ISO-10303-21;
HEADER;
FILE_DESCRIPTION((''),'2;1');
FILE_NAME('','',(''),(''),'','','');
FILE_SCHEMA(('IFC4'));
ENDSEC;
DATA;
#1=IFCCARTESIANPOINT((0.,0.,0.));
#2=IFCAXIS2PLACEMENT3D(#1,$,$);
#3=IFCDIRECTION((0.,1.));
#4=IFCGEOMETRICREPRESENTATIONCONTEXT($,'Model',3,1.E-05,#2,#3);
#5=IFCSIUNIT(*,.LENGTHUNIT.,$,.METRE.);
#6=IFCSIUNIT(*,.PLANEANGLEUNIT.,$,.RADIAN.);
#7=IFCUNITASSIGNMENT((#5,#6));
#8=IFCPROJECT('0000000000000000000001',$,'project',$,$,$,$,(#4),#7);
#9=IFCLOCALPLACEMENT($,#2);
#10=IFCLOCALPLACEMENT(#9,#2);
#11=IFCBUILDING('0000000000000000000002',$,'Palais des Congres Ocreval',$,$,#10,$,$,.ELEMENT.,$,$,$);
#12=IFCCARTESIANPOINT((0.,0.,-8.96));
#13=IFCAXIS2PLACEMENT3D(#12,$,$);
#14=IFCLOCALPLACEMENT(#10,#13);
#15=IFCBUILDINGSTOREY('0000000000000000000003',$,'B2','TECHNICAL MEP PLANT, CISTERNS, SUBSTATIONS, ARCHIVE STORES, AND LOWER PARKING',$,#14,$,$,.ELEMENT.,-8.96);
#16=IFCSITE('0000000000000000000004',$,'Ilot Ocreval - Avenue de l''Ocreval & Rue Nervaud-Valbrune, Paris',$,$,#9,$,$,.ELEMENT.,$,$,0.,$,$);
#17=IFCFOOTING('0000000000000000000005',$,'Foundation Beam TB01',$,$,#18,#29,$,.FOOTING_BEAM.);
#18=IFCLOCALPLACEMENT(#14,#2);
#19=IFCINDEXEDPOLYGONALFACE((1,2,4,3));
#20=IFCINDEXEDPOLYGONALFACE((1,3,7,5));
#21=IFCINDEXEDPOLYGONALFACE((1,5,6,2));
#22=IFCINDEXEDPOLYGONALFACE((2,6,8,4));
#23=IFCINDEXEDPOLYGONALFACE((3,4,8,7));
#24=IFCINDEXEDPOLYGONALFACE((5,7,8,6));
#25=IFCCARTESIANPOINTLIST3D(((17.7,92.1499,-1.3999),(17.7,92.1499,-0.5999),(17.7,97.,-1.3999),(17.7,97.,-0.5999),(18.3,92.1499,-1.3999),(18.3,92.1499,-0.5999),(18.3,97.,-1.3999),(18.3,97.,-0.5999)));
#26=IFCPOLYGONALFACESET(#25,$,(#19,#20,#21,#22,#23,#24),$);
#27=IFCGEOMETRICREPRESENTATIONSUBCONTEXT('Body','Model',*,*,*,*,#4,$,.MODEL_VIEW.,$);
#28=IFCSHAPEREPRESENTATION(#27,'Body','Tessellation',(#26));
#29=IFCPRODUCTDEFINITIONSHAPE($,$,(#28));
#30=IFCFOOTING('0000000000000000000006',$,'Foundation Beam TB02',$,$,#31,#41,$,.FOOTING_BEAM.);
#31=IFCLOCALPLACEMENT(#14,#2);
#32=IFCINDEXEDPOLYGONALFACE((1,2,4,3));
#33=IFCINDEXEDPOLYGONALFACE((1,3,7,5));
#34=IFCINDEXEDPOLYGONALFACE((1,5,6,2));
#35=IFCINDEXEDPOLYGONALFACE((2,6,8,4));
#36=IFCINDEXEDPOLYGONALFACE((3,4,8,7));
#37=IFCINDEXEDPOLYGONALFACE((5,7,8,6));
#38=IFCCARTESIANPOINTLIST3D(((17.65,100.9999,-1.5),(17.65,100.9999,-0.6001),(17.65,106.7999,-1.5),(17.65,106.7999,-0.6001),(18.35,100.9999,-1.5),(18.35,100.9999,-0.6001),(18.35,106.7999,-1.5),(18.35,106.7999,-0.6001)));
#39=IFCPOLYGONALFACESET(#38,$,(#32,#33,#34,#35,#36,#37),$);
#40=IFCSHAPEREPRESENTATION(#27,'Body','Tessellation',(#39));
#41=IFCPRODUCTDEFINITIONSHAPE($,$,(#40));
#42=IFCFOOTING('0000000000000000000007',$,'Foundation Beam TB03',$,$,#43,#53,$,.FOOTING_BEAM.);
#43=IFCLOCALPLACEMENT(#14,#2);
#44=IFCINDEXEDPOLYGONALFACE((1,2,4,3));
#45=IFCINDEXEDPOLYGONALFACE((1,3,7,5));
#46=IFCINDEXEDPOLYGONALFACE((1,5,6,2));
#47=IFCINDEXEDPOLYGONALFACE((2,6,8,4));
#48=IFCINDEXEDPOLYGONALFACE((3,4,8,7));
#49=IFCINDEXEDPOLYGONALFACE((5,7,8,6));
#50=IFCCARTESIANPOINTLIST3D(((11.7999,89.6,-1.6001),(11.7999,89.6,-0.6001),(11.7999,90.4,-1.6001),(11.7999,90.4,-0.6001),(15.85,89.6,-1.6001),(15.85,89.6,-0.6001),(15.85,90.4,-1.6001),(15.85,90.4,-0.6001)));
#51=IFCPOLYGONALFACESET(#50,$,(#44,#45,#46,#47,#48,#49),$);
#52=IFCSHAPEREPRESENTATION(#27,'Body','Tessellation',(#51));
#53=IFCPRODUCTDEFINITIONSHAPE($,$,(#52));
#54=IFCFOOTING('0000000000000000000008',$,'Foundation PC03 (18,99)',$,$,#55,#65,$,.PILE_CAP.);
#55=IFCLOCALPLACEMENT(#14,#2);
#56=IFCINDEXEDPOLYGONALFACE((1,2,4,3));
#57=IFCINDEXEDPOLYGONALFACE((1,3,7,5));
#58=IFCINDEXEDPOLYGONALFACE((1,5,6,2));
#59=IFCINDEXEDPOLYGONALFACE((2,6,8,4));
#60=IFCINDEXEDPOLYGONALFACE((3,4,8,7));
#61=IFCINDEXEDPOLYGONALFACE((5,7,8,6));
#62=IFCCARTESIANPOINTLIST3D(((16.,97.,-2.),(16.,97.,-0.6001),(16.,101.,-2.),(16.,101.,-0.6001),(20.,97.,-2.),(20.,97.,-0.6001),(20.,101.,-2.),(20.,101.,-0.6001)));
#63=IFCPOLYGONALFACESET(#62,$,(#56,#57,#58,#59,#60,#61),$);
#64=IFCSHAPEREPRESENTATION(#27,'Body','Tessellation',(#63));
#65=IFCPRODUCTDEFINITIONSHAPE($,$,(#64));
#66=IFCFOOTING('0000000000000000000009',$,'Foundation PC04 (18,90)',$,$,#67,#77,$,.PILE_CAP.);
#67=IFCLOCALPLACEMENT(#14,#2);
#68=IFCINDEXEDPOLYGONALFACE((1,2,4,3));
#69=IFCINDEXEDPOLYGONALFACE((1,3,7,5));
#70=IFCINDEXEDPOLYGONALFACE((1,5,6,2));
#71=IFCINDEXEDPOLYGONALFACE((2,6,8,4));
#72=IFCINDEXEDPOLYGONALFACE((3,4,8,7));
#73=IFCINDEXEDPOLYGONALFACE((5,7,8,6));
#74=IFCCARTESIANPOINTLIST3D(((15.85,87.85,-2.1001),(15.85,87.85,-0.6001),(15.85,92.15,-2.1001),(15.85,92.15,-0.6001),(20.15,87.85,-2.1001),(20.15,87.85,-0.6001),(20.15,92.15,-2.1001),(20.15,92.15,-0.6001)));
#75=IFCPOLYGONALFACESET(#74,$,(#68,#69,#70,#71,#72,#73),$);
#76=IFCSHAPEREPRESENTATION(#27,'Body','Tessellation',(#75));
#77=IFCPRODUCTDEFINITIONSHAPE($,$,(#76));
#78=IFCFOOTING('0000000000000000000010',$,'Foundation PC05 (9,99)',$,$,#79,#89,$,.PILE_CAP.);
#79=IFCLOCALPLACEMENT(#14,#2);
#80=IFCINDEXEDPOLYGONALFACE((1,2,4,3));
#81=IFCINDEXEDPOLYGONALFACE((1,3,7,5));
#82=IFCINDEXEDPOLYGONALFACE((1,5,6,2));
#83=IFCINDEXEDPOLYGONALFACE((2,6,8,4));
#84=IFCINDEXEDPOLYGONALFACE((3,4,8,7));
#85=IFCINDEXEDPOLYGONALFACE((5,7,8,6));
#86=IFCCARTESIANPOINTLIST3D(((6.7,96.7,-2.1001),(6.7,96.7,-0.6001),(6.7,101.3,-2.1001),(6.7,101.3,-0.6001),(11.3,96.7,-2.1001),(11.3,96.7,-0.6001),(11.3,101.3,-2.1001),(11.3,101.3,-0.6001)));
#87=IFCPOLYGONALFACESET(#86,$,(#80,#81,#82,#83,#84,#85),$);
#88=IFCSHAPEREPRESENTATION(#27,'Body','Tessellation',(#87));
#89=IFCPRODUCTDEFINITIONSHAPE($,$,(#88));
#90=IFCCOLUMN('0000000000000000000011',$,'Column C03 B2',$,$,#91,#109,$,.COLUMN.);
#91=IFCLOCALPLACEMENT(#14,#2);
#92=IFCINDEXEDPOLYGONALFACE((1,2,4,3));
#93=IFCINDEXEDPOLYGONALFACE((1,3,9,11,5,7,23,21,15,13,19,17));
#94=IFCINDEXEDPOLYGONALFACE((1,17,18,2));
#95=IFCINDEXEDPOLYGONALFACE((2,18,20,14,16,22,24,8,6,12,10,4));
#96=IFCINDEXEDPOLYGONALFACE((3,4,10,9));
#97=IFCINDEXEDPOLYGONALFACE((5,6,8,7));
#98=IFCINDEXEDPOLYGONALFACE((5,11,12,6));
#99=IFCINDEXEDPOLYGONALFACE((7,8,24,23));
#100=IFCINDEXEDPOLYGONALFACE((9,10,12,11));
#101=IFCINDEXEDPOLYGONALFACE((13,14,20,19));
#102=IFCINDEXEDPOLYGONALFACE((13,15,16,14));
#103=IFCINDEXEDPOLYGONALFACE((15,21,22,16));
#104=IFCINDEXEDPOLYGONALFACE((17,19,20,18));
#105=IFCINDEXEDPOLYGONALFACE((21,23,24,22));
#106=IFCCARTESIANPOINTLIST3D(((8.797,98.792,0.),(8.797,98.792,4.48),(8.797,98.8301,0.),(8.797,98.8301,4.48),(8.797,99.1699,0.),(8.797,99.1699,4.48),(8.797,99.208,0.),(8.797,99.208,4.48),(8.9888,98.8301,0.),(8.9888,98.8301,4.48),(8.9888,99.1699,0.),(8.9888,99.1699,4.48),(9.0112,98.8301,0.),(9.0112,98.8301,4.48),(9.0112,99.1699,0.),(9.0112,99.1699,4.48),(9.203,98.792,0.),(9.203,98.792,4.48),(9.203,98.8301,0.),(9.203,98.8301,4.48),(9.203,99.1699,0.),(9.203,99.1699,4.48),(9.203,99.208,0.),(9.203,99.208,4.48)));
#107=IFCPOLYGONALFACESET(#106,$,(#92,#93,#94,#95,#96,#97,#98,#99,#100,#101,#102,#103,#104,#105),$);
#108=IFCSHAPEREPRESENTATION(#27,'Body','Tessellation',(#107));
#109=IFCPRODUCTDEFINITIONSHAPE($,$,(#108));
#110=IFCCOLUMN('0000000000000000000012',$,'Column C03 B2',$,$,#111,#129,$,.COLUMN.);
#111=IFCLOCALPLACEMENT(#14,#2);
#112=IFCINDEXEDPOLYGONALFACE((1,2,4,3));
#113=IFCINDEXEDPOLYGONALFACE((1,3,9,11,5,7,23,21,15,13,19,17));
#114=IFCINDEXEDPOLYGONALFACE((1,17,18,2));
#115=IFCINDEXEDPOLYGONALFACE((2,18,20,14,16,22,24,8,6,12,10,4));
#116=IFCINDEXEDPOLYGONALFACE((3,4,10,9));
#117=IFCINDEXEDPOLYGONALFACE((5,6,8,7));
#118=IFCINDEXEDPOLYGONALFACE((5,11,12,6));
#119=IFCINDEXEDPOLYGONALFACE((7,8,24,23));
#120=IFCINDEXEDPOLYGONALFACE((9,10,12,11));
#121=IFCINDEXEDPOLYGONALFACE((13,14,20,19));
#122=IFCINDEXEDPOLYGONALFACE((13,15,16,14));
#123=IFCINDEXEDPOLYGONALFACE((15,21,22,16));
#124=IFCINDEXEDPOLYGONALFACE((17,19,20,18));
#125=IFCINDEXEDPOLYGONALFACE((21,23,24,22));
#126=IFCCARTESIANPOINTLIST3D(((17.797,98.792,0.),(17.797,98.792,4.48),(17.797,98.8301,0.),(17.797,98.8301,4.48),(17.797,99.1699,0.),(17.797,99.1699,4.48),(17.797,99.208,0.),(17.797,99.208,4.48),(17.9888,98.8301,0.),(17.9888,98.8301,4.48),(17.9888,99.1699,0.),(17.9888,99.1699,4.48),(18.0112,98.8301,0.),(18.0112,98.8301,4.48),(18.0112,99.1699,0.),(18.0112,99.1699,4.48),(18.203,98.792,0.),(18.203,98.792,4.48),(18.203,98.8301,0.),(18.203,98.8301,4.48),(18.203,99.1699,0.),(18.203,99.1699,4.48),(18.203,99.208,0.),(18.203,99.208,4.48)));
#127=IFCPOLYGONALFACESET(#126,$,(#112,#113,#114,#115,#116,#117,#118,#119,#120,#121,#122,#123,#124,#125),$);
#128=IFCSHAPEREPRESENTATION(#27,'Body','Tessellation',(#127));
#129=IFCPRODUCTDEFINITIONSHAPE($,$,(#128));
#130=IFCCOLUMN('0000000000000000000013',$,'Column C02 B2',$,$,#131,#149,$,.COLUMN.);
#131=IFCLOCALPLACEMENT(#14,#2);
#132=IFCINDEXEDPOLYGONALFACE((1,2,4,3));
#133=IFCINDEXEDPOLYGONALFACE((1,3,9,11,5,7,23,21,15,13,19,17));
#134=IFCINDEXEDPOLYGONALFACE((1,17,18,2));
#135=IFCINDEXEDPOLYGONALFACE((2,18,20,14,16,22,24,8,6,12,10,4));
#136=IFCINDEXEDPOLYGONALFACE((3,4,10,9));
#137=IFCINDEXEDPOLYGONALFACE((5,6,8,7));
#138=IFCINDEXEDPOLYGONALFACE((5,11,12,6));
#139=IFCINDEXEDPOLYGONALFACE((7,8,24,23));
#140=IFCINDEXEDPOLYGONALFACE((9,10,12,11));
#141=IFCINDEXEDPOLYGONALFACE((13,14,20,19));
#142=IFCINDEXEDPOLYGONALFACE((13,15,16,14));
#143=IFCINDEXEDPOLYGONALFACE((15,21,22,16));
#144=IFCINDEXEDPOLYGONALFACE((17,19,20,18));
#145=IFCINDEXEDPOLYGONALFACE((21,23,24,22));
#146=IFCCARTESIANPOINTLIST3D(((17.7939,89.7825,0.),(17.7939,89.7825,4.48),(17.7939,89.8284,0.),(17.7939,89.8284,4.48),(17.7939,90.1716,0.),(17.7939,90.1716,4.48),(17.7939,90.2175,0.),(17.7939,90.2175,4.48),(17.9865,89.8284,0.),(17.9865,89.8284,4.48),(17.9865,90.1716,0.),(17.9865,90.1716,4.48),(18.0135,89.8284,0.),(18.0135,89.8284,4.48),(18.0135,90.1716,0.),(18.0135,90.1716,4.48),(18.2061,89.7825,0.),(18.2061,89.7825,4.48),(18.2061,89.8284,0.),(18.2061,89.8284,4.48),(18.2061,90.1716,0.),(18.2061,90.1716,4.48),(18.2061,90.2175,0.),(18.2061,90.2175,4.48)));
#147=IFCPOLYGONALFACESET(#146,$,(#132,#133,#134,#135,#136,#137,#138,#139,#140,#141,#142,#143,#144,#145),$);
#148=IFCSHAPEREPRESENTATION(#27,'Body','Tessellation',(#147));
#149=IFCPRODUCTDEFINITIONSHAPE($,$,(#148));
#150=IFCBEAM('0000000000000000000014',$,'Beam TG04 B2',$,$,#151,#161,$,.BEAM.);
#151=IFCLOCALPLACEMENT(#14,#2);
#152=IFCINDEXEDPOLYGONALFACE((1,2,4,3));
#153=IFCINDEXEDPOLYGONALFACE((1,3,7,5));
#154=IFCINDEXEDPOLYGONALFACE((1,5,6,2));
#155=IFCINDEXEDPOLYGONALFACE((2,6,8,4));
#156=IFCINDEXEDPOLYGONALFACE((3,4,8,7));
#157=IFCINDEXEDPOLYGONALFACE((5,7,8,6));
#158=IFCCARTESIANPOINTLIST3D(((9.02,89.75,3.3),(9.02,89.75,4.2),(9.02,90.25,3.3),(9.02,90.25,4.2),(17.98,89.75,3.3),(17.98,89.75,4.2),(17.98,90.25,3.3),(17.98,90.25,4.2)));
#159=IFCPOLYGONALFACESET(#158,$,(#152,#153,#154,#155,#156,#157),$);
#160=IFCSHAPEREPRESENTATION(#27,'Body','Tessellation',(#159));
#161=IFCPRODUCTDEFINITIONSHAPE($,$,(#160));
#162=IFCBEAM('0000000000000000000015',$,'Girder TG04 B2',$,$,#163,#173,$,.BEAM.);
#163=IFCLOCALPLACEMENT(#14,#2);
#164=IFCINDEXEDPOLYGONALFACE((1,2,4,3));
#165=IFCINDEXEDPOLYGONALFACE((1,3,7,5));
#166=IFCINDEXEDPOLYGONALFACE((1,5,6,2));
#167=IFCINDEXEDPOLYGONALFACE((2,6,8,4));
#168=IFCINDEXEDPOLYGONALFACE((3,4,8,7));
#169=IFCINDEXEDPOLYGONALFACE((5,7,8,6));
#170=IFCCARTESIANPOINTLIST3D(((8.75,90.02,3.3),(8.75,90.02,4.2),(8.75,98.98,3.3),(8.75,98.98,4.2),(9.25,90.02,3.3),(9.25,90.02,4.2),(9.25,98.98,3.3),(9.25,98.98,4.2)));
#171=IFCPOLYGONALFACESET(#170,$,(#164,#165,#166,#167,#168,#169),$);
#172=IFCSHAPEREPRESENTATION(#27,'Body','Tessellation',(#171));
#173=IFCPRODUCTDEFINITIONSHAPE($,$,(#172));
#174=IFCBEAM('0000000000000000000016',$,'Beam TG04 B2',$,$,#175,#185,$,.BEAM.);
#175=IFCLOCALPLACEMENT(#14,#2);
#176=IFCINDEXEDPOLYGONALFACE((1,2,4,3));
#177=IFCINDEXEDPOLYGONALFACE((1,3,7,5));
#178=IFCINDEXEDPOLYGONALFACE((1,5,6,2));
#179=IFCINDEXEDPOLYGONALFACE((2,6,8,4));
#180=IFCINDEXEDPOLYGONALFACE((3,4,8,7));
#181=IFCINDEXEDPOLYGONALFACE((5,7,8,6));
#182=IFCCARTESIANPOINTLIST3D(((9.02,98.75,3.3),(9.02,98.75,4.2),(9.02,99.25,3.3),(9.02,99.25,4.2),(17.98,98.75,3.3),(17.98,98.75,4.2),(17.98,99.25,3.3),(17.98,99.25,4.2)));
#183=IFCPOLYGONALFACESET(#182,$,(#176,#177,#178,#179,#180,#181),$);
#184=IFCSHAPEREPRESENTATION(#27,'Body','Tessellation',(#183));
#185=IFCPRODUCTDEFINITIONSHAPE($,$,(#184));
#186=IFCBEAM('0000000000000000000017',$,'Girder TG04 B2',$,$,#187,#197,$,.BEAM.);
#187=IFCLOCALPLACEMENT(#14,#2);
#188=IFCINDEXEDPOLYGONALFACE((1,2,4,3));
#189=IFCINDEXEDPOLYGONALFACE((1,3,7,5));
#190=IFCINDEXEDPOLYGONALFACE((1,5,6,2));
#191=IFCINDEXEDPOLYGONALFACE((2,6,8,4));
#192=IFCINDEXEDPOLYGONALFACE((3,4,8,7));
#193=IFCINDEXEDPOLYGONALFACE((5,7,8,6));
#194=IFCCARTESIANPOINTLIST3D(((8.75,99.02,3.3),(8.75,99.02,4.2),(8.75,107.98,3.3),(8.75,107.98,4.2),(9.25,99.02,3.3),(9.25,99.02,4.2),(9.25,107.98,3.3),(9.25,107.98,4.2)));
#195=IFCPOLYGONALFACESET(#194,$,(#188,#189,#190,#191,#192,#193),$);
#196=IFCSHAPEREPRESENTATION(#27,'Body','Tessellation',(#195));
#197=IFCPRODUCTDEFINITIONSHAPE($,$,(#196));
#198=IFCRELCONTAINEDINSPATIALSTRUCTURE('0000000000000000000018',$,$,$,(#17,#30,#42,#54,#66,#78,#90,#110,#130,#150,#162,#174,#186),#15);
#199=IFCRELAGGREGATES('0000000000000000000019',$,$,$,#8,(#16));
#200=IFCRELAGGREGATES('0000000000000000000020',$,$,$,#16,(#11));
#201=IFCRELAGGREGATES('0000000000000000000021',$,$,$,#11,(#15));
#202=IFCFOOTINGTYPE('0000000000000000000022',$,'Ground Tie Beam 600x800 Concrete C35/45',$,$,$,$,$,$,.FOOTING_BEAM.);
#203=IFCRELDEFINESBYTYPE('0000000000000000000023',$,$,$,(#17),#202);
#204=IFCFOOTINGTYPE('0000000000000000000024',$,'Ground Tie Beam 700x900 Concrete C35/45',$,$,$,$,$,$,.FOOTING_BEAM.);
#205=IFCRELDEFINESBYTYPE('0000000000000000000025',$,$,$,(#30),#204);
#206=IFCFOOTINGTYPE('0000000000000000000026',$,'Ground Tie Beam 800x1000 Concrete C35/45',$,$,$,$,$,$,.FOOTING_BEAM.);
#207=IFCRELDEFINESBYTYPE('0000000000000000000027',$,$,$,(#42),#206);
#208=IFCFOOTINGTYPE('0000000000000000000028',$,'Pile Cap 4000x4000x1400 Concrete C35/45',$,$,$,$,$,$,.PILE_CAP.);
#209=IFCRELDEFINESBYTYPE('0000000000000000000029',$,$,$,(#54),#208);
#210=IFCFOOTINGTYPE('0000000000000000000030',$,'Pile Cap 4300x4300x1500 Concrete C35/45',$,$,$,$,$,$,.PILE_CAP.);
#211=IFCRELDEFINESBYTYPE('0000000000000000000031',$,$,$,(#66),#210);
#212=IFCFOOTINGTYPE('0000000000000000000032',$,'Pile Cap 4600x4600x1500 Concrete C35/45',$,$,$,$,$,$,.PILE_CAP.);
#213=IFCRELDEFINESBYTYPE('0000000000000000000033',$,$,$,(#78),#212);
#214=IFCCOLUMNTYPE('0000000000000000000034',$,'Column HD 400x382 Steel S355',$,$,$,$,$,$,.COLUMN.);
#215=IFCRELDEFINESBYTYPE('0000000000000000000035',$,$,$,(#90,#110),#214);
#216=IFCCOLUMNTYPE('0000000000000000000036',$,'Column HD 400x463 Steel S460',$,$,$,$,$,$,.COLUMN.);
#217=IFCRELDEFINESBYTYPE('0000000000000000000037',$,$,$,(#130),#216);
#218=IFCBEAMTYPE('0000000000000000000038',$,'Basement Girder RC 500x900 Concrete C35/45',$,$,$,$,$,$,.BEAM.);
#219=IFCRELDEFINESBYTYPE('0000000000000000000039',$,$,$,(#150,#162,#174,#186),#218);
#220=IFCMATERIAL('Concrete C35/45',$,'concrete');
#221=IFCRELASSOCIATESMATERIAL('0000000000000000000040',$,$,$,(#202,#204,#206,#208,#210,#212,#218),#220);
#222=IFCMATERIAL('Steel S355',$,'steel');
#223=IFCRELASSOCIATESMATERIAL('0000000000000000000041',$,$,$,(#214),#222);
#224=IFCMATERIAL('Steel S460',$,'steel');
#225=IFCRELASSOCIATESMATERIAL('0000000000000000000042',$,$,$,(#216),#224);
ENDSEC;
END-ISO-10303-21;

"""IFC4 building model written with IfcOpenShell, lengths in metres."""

from ifc_helpers import new_model, si_unit, direction, frame, origin, origin_2d, place, context, subcontext, project, spatial, rectangle, i_section, extrude, material, material_profile, profile_set, type_object, element, save


model = new_model("IFC4")

# Units and contexts
model_context = context("Model", 3, precision=1e-05, world=origin(), true_north=direction((0.0, 1.0)))
body_context = subcontext(model_context, "Body", "Model", "MODEL_VIEW")
ifc_project = project(units=[si_unit("LENGTHUNIT", "METRE"), si_unit("PLANEANGLEUNIT", "RADIAN")], contexts=[model_context])

# Site, building, storey
site_placement = place(None, origin())
site = spatial("IfcSite", under=ifc_project, at=site_placement, Name="Ilot Ocreval - Avenue de l'Ocreval & Rue Nervaud-Valbrune, Paris", CompositionType="ELEMENT", RefElevation=0.0)
building_placement = place(site_placement, origin())
building = spatial("IfcBuilding", under=site, at=building_placement, Name="Palais des Congres Ocreval", CompositionType="ELEMENT")
storey_placement = place(building_placement, frame((0.0, 0.0, -8.96)))
storey = spatial("IfcBuildingStorey", under=building, at=storey_placement, Name="B2", Description="TECHNICAL MEP PLANT, CISTERNS, SUBSTATIONS, ARCHIVE STORES, AND LOWER PARKING", CompositionType="ELEMENT", Elevation=-8.96)

# Shared definitions
ifc_material_1 = material(Name="Concrete C35/45", Category="concrete")

# Footings
footing_type_1 = type_object("IfcFootingType", Name="Ground Tie Beam 600x800 Concrete C35/45", PredefinedType="FOOTING_BEAM", material=ifc_material_1)
footing_1_placement = place(storey_placement, frame((18.0, 94.575, -1.3999), z_axis=(0.0, 0.0, 1.0), x_axis=(0.0, 1.0, 0.0)))
element("IfcFooting", 1, at=footing_1_placement, inside=storey, type_object=footing_type_1, Name="Foundation Beam TB01", PredefinedType="FOOTING_BEAM", context=body_context, shape_type="SweptSolid", body=[
    extrude(rectangle(XDim=4.8501, YDim=0.6001, at=origin_2d()), origin(), (0.0, 0.0, 1.0), 0.8),
])
footing_type_2 = type_object("IfcFootingType", Name="Ground Tie Beam 700x900 Concrete C35/45", PredefinedType="FOOTING_BEAM", material=ifc_material_1)
footing_2_placement = place(storey_placement, frame((18.0, 103.8999, -1.5), z_axis=(0.0, 0.0, 1.0), x_axis=(0.0, 1.0, 0.0)))
element("IfcFooting", 2, at=footing_2_placement, inside=storey, type_object=footing_type_2, Name="Foundation Beam TB02", PredefinedType="FOOTING_BEAM", context=body_context, shape_type="SweptSolid", body=[
    extrude(rectangle(XDim=5.8, YDim=0.7, at=origin_2d()), origin(), (0.0, 0.0, 1.0), 0.8999),
])
footing_type_3 = type_object("IfcFootingType", Name="Ground Tie Beam 800x1000 Concrete C35/45", PredefinedType="FOOTING_BEAM", material=ifc_material_1)
footing_3_placement = place(storey_placement, frame((13.825, 90.0, -1.6001), z_axis=(0.0, 0.0, 1.0), x_axis=(1.0, 0.0, 0.0)))
element("IfcFooting", 3, at=footing_3_placement, inside=storey, type_object=footing_type_3, Name="Foundation Beam TB03", PredefinedType="FOOTING_BEAM", context=body_context, shape_type="SweptSolid", body=[
    extrude(rectangle(XDim=4.05, YDim=0.8, at=origin_2d()), origin(), (0.0, 0.0, 1.0), 1.0),
])
footing_type_4 = type_object("IfcFootingType", Name="Pile Cap 4000x4000x1400 Concrete C35/45", PredefinedType="PILE_CAP", material=ifc_material_1)
footing_4_placement = place(storey_placement, frame((18.0, 99.0, -2.0), z_axis=(0.0, 0.0, 1.0), x_axis=(1.0, 0.0, 0.0)))
element("IfcFooting", 4, at=footing_4_placement, inside=storey, type_object=footing_type_4, Name="Foundation PC03 (18,99)", PredefinedType="PILE_CAP", context=body_context, shape_type="SweptSolid", body=[
    extrude(rectangle(XDim=4.0, YDim=4.0, at=origin_2d()), origin(), (0.0, 0.0, 1.0), 1.3999),
])
footing_type_5 = type_object("IfcFootingType", Name="Pile Cap 4300x4300x1500 Concrete C35/45", PredefinedType="PILE_CAP", material=ifc_material_1)
footing_5_placement = place(storey_placement, frame((18.0, 90.0, -2.1001), z_axis=(0.0, 0.0, 1.0), x_axis=(1.0, 0.0, 0.0)))
element("IfcFooting", 5, at=footing_5_placement, inside=storey, type_object=footing_type_5, Name="Foundation PC04 (18,90)", PredefinedType="PILE_CAP", context=body_context, shape_type="SweptSolid", body=[
    extrude(rectangle(XDim=4.3, YDim=4.3, at=origin_2d()), origin(), (0.0, 0.0, 1.0), 1.5),
])
footing_type_6 = type_object("IfcFootingType", Name="Pile Cap 4600x4600x1500 Concrete C35/45", PredefinedType="PILE_CAP", material=ifc_material_1)
footing_6_placement = place(storey_placement, frame((9.0, 99.0, -2.1001), z_axis=(0.0, 0.0, 1.0), x_axis=(1.0, 0.0, 0.0)))
element("IfcFooting", 6, at=footing_6_placement, inside=storey, type_object=footing_type_6, Name="Foundation PC05 (9,99)", PredefinedType="PILE_CAP", context=body_context, shape_type="SweptSolid", body=[
    extrude(rectangle(XDim=4.6001, YDim=4.6001, at=origin_2d()), origin(), (0.0, 0.0, 1.0), 1.5),
])

# Columns
ifc_material_2 = material(Name="Steel S355", Category="steel")
ifc_material_profile_1 = material_profile(ifc_material_2, i_section(OverallWidth=0.406, OverallDepth=0.416, WebThickness=0.0225, FlangeThickness=0.0381, at=origin_2d()), Name="HD 400x382")
ifc_profile_set_1 = profile_set([ifc_material_profile_1], Name="Steel S355")
column_type_1 = type_object("IfcColumnType", Name="Column HD 400x382 Steel S355", PredefinedType="COLUMN", material=ifc_profile_set_1)
for number, where, z_axis, x_axis, name in (
    (7, (9.0, 99.0, 0.0), (0.0, 0.0, 1.0), (1.0, 0.0, 0.0), "Column C03 B2"),
    (8, (18.0, 99.0, 0.0), (0.0, 0.0, 1.0), (1.0, 0.0, 0.0), "Column C03 B2"),
):
    element("IfcColumn", number, at=place(storey_placement, frame(where, z_axis=z_axis, x_axis=x_axis)), inside=storey, type_object=column_type_1, Name=name, PredefinedType="COLUMN", context=body_context, shape_type="SweptSolid", body=[
        extrude(i_section(OverallWidth=0.406, OverallDepth=0.416, WebThickness=0.0225, FlangeThickness=0.0381, at=origin_2d()), origin(), (0.0, 0.0, 1.0), 4.48),
    ])
ifc_material_3 = material(Name="Steel S460", Category="steel")
ifc_material_profile_2 = material_profile(ifc_material_3, i_section(OverallWidth=0.4121, OverallDepth=0.4351, WebThickness=0.0271, FlangeThickness=0.0459, at=origin_2d()), Name="HD 400x463")
ifc_profile_set_2 = profile_set([ifc_material_profile_2], Name="Steel S460")
column_type_2 = type_object("IfcColumnType", Name="Column HD 400x463 Steel S460", PredefinedType="COLUMN", material=ifc_profile_set_2)
column_placement = place(storey_placement, frame((18.0, 90.0, 0.0), z_axis=(0.0, 0.0, 1.0), x_axis=(1.0, 0.0, 0.0)))
element("IfcColumn", 9, at=column_placement, inside=storey, type_object=column_type_2, Name="Column C02 B2", PredefinedType="COLUMN", context=body_context, shape_type="SweptSolid", body=[
    extrude(i_section(OverallWidth=0.4121, OverallDepth=0.4351, WebThickness=0.0271, FlangeThickness=0.0459, at=origin_2d()), origin(), (0.0, 0.0, 1.0), 4.48),
])

# Beams
ifc_material_profile_3 = material_profile(ifc_material_1, rectangle(XDim=0.5, YDim=0.8999, at=origin_2d()), Name="RC 500x900")
ifc_profile_set_3 = profile_set([ifc_material_profile_3], Name="Concrete C35/45")
beam_type = type_object("IfcBeamType", Name="Basement Girder RC 500x900 Concrete C35/45", PredefinedType="BEAM", material=ifc_profile_set_3)
for number, where, z_axis, x_axis, name in (
    (10, (9.02, 90.0, 3.75), (1.0, 0.0, 0.0), (0.0, 1.0, 0.0), "Beam TG04 B2"),
    (11, (9.0, 90.02, 3.75), (0.0, 1.0, 0.0), (-1.0, 0.0, 0.0), "Girder TG04 B2"),
    (12, (9.02, 99.0, 3.75), (1.0, 0.0, 0.0), (0.0, 1.0, 0.0), "Beam TG04 B2"),
    (13, (9.0, 99.02, 3.75), (0.0, 1.0, 0.0), (-1.0, 0.0, 0.0), "Girder TG04 B2"),
):
    element("IfcBeam", number, at=place(storey_placement, frame(where, z_axis=z_axis, x_axis=x_axis)), inside=storey, type_object=beam_type, Name=name, PredefinedType="BEAM", context=body_context, shape_type="SweptSolid", body=[
        extrude(rectangle(XDim=0.5, YDim=0.8999, at=origin_2d()), origin(), (0.0, 0.0, 1.0), 8.96),
    ])

save(model, "model.ifc")
